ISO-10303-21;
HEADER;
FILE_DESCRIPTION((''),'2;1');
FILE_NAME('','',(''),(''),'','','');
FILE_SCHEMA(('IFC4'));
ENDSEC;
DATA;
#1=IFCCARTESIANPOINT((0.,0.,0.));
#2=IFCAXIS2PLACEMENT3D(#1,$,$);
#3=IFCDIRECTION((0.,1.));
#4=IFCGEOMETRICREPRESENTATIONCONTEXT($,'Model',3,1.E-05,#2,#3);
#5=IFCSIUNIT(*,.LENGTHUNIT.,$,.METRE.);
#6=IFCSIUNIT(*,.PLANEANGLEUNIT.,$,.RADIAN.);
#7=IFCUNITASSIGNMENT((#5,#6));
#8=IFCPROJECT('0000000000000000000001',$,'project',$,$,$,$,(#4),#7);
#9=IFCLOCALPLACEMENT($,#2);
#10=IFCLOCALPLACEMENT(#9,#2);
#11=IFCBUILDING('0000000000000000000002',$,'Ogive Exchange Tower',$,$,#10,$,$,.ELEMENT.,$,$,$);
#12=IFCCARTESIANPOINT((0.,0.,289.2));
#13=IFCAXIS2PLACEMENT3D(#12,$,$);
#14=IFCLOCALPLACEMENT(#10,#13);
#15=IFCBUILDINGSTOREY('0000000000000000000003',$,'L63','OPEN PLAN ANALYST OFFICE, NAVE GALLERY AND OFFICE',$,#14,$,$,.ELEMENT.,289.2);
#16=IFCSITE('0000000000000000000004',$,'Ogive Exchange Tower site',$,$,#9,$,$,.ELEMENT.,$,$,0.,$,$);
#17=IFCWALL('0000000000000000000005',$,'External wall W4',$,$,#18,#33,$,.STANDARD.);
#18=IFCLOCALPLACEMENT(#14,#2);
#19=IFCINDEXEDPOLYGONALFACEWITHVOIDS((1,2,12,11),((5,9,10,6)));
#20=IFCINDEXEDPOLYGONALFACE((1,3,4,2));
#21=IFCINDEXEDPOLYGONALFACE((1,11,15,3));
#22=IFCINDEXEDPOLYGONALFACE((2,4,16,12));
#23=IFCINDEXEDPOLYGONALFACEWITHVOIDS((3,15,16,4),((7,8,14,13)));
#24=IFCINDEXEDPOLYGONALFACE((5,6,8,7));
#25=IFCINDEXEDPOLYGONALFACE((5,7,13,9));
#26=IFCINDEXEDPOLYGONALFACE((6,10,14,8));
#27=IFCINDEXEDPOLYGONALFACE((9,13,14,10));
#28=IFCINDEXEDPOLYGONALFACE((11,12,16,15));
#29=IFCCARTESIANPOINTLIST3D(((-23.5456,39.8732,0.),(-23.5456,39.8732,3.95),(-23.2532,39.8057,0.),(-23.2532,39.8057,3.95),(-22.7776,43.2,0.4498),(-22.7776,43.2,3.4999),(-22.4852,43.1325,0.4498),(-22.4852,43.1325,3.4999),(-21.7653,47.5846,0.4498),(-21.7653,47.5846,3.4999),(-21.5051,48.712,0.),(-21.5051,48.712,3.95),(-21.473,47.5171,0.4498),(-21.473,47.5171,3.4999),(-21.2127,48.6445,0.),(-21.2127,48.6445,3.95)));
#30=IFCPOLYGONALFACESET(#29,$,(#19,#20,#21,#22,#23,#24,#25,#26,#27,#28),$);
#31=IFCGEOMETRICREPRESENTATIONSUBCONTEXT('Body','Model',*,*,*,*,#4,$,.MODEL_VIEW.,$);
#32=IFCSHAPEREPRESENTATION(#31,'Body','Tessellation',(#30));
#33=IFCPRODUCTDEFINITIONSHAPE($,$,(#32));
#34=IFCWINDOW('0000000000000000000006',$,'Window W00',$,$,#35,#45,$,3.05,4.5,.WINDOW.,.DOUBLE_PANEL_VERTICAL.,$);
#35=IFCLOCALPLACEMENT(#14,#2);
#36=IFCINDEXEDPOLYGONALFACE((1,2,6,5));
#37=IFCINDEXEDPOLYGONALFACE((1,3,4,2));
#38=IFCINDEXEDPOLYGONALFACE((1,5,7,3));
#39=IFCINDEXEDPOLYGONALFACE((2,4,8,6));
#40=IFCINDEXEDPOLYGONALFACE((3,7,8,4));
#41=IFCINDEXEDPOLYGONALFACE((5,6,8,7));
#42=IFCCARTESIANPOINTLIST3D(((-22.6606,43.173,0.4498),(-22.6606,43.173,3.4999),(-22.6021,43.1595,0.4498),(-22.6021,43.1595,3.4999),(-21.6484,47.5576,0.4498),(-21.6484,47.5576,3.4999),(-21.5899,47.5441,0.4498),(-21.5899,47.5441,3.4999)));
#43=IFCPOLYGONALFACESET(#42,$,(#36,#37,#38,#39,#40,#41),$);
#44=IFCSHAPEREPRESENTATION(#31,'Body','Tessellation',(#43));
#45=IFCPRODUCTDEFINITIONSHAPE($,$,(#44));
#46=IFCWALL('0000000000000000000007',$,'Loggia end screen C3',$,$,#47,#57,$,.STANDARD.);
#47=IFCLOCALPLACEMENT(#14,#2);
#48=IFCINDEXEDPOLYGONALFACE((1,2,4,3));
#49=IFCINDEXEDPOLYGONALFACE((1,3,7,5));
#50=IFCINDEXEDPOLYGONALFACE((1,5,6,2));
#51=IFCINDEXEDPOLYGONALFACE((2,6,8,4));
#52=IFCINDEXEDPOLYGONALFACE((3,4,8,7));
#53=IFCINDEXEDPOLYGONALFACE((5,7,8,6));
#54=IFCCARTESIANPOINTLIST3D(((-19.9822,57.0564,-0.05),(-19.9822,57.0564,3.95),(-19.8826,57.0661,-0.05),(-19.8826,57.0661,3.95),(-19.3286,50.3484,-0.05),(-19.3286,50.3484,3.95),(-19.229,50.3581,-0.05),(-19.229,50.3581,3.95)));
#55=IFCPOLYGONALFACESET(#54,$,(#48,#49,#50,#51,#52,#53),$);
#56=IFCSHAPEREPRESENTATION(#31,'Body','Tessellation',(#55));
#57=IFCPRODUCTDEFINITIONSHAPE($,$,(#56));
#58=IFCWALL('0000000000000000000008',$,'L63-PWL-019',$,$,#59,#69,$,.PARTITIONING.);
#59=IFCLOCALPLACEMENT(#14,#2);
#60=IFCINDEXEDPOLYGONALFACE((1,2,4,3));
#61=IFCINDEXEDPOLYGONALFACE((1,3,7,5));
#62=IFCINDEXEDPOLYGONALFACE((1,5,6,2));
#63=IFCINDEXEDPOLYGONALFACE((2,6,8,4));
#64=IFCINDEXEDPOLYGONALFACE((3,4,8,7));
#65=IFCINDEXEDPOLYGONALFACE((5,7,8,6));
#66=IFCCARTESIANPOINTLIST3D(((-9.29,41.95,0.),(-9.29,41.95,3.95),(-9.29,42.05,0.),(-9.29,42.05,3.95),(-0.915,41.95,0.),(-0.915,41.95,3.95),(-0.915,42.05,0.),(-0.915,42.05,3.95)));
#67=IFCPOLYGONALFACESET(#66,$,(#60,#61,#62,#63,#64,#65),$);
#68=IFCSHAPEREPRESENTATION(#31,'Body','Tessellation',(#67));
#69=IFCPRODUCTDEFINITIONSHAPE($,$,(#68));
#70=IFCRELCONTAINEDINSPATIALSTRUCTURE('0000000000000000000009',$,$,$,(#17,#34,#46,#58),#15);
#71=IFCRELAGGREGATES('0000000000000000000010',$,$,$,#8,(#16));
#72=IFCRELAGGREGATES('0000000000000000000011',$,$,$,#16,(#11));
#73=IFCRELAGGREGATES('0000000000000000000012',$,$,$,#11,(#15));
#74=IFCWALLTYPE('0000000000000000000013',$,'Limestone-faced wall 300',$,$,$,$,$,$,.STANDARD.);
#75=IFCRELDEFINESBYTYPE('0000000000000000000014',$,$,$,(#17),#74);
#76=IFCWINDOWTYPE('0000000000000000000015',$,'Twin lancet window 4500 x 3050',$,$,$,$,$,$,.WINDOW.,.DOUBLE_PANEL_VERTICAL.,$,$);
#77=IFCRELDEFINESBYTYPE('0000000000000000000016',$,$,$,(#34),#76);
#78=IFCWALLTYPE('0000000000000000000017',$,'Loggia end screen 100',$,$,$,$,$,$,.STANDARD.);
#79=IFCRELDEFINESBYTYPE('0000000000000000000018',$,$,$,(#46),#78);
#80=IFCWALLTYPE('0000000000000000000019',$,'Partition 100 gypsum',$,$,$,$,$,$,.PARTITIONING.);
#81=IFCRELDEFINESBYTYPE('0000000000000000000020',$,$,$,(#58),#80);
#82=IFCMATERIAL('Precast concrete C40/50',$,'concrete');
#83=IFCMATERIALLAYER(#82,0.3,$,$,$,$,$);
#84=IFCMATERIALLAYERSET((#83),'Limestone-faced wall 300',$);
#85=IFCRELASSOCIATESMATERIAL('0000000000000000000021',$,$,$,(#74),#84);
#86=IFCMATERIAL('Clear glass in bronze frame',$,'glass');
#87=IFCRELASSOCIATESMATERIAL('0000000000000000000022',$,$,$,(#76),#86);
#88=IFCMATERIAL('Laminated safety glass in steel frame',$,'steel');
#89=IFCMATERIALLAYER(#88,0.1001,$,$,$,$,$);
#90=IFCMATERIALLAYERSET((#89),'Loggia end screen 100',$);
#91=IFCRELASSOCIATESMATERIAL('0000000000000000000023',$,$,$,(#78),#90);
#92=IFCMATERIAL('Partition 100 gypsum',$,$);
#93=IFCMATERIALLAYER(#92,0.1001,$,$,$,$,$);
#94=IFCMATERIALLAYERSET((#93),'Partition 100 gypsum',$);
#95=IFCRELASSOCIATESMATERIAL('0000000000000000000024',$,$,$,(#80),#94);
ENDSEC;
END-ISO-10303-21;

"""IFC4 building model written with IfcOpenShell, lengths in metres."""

from ifc_helpers import new_model, si_unit, direction, frame, frame_2d, origin, place, context, subcontext, project, spatial, rectangle, extrude, material, layer, layer_set, type_object, element, fill, save


model = new_model("IFC4")

# Units and contexts
model_context = context("Model", 3, precision=1e-05, world=origin(), true_north=direction((0.0, 1.0)))
body_context = subcontext(model_context, "Body", "Model", "MODEL_VIEW")
ifc_project = project(units=[si_unit("LENGTHUNIT", "METRE"), si_unit("PLANEANGLEUNIT", "RADIAN")], contexts=[model_context])

# Site, building, storey
site_placement = place(None, origin())
site = spatial("IfcSite", under=ifc_project, at=site_placement, Name="Ogive Exchange Tower site", CompositionType="ELEMENT", RefElevation=0.0)
building_placement = place(site_placement, origin())
building = spatial("IfcBuilding", under=site, at=building_placement, Name="Ogive Exchange Tower", CompositionType="ELEMENT")
storey_placement = place(building_placement, frame((0.0, 0.0, 289.2)))
storey = spatial("IfcBuildingStorey", under=building, at=storey_placement, Name="L63", Description="OPEN PLAN ANALYST OFFICE, NAVE GALLERY AND OFFICE", CompositionType="ELEMENT", Elevation=289.2)

# Wall, opening, window
ifc_material_1 = material(Name="Precast concrete C40/50", Category="concrete")
ifc_layer_1 = layer(ifc_material_1, 0.3)
ifc_layer_set_1 = layer_set([ifc_layer_1], Name="Limestone-faced wall 300")
wall_type_1 = type_object("IfcWallType", Name="Limestone-faced wall 300", PredefinedType="STANDARD", material=ifc_layer_set_1)
wall_1_placement = place(storey_placement, frame((-21.3589, 48.6782, 0.0), z_axis=(0.0, 0.0, 1.0), x_axis=(-0.224942, -0.974372, 0.0)))
wall_1 = element("IfcWall", 1, at=wall_1_placement, inside=storey, type_object=wall_type_1, Name="External wall W4", PredefinedType="STANDARD", context=body_context, shape_type="SweptSolid", body=[
    extrude(rectangle(XDim=9.0713, YDim=0.3, at=frame_2d((4.5356, 0.0))), origin(), (0.0, 0.0, 1.0), 3.95),
])
opening_1_placement = place(wall_1_placement, frame((1.157, 0.0, 0.45)))
opening_1 = element("IfcOpeningElement", 2, at=opening_1_placement, cuts=wall_1, PredefinedType="OPENING", context=body_context, shape_type="SweptSolid", body=[
    extrude(rectangle(XDim=4.5, YDim=3.05, at=frame_2d((2.25, 1.5249))), frame((0.0, 0.1599, 0.0), z_axis=(0.0, -1.0, 0.0), x_axis=(1.0, 0.0, 0.0)), (0.0, 0.0, 1.0), 0.3201),
])
ifc_material_2 = material(Name="Clear glass in bronze frame", Category="glass")
window_type = type_object("IfcWindowType", Name="Twin lancet window 4500 x 3050", PartitioningType="DOUBLE_PANEL_VERTICAL", PredefinedType="WINDOW", material=ifc_material_2)
window_placement = place(opening_1_placement, origin())
window = element("IfcWindow", 3, at=window_placement, inside=storey, type_object=window_type, Name="Window W00", OverallHeight=3.05, OverallWidth=4.5, PartitioningType="DOUBLE_PANEL_VERTICAL", PredefinedType="WINDOW", context=body_context, shape_type="SweptSolid", body=[
    extrude(rectangle(XDim=4.5, YDim=3.05, at=frame_2d((2.25, 1.5249))), frame((0.0, 0.03, 0.0), z_axis=(0.0, -1.0, 0.0), x_axis=(1.0, 0.0, 0.0)), (0.0, 0.0, 1.0), 0.0601),
])
fill(opening_1, window)

# Walls
ifc_material_3 = material(Name="Laminated safety glass in steel frame", Category="steel")
ifc_layer_2 = layer(ifc_material_3, 0.1001)
ifc_layer_set_2 = layer_set([ifc_layer_2], Name="Loggia end screen 100")
wall_type_2 = type_object("IfcWallType", Name="Loggia end screen 100", PredefinedType="STANDARD", material=ifc_layer_set_2)
wall_2_placement = place(storey_placement, frame((-19.2788, 50.3533, -0.05), z_axis=(0.0, 0.0, 1.0), x_axis=(-0.096971, 0.995287, 0.0)))
element("IfcWall", 4, at=wall_2_placement, inside=storey, type_object=wall_type_2, Name="Loggia end screen C3", PredefinedType="STANDARD", context=body_context, shape_type="SweptSolid", body=[
    extrude(rectangle(XDim=6.7397, YDim=0.1001, at=frame_2d((3.3699, 0.0))), origin(), (0.0, 0.0, 1.0), 4.0),
])
ifc_material_4 = material(Name="Partition 100 gypsum")
ifc_layer_3 = layer(ifc_material_4, 0.1001)
ifc_layer_set_3 = layer_set([ifc_layer_3], Name="Partition 100 gypsum")
wall_type_3 = type_object("IfcWallType", Name="Partition 100 gypsum", PredefinedType="PARTITIONING", material=ifc_layer_set_3)
wall_3_placement = place(storey_placement, frame((-9.29, 42.0, 0.0), z_axis=(0.0, 0.0, 1.0), x_axis=(1.0, 0.0, 0.0)))
element("IfcWall", 5, at=wall_3_placement, inside=storey, type_object=wall_type_3, Name="L63-PWL-019", PredefinedType="PARTITIONING", context=body_context, shape_type="SweptSolid", body=[
    extrude(rectangle(XDim=8.375, YDim=0.1001, at=frame_2d((4.1875, 0.0))), origin(), (0.0, 0.0, 1.0), 3.95),
])

save(model, "model.ifc")
